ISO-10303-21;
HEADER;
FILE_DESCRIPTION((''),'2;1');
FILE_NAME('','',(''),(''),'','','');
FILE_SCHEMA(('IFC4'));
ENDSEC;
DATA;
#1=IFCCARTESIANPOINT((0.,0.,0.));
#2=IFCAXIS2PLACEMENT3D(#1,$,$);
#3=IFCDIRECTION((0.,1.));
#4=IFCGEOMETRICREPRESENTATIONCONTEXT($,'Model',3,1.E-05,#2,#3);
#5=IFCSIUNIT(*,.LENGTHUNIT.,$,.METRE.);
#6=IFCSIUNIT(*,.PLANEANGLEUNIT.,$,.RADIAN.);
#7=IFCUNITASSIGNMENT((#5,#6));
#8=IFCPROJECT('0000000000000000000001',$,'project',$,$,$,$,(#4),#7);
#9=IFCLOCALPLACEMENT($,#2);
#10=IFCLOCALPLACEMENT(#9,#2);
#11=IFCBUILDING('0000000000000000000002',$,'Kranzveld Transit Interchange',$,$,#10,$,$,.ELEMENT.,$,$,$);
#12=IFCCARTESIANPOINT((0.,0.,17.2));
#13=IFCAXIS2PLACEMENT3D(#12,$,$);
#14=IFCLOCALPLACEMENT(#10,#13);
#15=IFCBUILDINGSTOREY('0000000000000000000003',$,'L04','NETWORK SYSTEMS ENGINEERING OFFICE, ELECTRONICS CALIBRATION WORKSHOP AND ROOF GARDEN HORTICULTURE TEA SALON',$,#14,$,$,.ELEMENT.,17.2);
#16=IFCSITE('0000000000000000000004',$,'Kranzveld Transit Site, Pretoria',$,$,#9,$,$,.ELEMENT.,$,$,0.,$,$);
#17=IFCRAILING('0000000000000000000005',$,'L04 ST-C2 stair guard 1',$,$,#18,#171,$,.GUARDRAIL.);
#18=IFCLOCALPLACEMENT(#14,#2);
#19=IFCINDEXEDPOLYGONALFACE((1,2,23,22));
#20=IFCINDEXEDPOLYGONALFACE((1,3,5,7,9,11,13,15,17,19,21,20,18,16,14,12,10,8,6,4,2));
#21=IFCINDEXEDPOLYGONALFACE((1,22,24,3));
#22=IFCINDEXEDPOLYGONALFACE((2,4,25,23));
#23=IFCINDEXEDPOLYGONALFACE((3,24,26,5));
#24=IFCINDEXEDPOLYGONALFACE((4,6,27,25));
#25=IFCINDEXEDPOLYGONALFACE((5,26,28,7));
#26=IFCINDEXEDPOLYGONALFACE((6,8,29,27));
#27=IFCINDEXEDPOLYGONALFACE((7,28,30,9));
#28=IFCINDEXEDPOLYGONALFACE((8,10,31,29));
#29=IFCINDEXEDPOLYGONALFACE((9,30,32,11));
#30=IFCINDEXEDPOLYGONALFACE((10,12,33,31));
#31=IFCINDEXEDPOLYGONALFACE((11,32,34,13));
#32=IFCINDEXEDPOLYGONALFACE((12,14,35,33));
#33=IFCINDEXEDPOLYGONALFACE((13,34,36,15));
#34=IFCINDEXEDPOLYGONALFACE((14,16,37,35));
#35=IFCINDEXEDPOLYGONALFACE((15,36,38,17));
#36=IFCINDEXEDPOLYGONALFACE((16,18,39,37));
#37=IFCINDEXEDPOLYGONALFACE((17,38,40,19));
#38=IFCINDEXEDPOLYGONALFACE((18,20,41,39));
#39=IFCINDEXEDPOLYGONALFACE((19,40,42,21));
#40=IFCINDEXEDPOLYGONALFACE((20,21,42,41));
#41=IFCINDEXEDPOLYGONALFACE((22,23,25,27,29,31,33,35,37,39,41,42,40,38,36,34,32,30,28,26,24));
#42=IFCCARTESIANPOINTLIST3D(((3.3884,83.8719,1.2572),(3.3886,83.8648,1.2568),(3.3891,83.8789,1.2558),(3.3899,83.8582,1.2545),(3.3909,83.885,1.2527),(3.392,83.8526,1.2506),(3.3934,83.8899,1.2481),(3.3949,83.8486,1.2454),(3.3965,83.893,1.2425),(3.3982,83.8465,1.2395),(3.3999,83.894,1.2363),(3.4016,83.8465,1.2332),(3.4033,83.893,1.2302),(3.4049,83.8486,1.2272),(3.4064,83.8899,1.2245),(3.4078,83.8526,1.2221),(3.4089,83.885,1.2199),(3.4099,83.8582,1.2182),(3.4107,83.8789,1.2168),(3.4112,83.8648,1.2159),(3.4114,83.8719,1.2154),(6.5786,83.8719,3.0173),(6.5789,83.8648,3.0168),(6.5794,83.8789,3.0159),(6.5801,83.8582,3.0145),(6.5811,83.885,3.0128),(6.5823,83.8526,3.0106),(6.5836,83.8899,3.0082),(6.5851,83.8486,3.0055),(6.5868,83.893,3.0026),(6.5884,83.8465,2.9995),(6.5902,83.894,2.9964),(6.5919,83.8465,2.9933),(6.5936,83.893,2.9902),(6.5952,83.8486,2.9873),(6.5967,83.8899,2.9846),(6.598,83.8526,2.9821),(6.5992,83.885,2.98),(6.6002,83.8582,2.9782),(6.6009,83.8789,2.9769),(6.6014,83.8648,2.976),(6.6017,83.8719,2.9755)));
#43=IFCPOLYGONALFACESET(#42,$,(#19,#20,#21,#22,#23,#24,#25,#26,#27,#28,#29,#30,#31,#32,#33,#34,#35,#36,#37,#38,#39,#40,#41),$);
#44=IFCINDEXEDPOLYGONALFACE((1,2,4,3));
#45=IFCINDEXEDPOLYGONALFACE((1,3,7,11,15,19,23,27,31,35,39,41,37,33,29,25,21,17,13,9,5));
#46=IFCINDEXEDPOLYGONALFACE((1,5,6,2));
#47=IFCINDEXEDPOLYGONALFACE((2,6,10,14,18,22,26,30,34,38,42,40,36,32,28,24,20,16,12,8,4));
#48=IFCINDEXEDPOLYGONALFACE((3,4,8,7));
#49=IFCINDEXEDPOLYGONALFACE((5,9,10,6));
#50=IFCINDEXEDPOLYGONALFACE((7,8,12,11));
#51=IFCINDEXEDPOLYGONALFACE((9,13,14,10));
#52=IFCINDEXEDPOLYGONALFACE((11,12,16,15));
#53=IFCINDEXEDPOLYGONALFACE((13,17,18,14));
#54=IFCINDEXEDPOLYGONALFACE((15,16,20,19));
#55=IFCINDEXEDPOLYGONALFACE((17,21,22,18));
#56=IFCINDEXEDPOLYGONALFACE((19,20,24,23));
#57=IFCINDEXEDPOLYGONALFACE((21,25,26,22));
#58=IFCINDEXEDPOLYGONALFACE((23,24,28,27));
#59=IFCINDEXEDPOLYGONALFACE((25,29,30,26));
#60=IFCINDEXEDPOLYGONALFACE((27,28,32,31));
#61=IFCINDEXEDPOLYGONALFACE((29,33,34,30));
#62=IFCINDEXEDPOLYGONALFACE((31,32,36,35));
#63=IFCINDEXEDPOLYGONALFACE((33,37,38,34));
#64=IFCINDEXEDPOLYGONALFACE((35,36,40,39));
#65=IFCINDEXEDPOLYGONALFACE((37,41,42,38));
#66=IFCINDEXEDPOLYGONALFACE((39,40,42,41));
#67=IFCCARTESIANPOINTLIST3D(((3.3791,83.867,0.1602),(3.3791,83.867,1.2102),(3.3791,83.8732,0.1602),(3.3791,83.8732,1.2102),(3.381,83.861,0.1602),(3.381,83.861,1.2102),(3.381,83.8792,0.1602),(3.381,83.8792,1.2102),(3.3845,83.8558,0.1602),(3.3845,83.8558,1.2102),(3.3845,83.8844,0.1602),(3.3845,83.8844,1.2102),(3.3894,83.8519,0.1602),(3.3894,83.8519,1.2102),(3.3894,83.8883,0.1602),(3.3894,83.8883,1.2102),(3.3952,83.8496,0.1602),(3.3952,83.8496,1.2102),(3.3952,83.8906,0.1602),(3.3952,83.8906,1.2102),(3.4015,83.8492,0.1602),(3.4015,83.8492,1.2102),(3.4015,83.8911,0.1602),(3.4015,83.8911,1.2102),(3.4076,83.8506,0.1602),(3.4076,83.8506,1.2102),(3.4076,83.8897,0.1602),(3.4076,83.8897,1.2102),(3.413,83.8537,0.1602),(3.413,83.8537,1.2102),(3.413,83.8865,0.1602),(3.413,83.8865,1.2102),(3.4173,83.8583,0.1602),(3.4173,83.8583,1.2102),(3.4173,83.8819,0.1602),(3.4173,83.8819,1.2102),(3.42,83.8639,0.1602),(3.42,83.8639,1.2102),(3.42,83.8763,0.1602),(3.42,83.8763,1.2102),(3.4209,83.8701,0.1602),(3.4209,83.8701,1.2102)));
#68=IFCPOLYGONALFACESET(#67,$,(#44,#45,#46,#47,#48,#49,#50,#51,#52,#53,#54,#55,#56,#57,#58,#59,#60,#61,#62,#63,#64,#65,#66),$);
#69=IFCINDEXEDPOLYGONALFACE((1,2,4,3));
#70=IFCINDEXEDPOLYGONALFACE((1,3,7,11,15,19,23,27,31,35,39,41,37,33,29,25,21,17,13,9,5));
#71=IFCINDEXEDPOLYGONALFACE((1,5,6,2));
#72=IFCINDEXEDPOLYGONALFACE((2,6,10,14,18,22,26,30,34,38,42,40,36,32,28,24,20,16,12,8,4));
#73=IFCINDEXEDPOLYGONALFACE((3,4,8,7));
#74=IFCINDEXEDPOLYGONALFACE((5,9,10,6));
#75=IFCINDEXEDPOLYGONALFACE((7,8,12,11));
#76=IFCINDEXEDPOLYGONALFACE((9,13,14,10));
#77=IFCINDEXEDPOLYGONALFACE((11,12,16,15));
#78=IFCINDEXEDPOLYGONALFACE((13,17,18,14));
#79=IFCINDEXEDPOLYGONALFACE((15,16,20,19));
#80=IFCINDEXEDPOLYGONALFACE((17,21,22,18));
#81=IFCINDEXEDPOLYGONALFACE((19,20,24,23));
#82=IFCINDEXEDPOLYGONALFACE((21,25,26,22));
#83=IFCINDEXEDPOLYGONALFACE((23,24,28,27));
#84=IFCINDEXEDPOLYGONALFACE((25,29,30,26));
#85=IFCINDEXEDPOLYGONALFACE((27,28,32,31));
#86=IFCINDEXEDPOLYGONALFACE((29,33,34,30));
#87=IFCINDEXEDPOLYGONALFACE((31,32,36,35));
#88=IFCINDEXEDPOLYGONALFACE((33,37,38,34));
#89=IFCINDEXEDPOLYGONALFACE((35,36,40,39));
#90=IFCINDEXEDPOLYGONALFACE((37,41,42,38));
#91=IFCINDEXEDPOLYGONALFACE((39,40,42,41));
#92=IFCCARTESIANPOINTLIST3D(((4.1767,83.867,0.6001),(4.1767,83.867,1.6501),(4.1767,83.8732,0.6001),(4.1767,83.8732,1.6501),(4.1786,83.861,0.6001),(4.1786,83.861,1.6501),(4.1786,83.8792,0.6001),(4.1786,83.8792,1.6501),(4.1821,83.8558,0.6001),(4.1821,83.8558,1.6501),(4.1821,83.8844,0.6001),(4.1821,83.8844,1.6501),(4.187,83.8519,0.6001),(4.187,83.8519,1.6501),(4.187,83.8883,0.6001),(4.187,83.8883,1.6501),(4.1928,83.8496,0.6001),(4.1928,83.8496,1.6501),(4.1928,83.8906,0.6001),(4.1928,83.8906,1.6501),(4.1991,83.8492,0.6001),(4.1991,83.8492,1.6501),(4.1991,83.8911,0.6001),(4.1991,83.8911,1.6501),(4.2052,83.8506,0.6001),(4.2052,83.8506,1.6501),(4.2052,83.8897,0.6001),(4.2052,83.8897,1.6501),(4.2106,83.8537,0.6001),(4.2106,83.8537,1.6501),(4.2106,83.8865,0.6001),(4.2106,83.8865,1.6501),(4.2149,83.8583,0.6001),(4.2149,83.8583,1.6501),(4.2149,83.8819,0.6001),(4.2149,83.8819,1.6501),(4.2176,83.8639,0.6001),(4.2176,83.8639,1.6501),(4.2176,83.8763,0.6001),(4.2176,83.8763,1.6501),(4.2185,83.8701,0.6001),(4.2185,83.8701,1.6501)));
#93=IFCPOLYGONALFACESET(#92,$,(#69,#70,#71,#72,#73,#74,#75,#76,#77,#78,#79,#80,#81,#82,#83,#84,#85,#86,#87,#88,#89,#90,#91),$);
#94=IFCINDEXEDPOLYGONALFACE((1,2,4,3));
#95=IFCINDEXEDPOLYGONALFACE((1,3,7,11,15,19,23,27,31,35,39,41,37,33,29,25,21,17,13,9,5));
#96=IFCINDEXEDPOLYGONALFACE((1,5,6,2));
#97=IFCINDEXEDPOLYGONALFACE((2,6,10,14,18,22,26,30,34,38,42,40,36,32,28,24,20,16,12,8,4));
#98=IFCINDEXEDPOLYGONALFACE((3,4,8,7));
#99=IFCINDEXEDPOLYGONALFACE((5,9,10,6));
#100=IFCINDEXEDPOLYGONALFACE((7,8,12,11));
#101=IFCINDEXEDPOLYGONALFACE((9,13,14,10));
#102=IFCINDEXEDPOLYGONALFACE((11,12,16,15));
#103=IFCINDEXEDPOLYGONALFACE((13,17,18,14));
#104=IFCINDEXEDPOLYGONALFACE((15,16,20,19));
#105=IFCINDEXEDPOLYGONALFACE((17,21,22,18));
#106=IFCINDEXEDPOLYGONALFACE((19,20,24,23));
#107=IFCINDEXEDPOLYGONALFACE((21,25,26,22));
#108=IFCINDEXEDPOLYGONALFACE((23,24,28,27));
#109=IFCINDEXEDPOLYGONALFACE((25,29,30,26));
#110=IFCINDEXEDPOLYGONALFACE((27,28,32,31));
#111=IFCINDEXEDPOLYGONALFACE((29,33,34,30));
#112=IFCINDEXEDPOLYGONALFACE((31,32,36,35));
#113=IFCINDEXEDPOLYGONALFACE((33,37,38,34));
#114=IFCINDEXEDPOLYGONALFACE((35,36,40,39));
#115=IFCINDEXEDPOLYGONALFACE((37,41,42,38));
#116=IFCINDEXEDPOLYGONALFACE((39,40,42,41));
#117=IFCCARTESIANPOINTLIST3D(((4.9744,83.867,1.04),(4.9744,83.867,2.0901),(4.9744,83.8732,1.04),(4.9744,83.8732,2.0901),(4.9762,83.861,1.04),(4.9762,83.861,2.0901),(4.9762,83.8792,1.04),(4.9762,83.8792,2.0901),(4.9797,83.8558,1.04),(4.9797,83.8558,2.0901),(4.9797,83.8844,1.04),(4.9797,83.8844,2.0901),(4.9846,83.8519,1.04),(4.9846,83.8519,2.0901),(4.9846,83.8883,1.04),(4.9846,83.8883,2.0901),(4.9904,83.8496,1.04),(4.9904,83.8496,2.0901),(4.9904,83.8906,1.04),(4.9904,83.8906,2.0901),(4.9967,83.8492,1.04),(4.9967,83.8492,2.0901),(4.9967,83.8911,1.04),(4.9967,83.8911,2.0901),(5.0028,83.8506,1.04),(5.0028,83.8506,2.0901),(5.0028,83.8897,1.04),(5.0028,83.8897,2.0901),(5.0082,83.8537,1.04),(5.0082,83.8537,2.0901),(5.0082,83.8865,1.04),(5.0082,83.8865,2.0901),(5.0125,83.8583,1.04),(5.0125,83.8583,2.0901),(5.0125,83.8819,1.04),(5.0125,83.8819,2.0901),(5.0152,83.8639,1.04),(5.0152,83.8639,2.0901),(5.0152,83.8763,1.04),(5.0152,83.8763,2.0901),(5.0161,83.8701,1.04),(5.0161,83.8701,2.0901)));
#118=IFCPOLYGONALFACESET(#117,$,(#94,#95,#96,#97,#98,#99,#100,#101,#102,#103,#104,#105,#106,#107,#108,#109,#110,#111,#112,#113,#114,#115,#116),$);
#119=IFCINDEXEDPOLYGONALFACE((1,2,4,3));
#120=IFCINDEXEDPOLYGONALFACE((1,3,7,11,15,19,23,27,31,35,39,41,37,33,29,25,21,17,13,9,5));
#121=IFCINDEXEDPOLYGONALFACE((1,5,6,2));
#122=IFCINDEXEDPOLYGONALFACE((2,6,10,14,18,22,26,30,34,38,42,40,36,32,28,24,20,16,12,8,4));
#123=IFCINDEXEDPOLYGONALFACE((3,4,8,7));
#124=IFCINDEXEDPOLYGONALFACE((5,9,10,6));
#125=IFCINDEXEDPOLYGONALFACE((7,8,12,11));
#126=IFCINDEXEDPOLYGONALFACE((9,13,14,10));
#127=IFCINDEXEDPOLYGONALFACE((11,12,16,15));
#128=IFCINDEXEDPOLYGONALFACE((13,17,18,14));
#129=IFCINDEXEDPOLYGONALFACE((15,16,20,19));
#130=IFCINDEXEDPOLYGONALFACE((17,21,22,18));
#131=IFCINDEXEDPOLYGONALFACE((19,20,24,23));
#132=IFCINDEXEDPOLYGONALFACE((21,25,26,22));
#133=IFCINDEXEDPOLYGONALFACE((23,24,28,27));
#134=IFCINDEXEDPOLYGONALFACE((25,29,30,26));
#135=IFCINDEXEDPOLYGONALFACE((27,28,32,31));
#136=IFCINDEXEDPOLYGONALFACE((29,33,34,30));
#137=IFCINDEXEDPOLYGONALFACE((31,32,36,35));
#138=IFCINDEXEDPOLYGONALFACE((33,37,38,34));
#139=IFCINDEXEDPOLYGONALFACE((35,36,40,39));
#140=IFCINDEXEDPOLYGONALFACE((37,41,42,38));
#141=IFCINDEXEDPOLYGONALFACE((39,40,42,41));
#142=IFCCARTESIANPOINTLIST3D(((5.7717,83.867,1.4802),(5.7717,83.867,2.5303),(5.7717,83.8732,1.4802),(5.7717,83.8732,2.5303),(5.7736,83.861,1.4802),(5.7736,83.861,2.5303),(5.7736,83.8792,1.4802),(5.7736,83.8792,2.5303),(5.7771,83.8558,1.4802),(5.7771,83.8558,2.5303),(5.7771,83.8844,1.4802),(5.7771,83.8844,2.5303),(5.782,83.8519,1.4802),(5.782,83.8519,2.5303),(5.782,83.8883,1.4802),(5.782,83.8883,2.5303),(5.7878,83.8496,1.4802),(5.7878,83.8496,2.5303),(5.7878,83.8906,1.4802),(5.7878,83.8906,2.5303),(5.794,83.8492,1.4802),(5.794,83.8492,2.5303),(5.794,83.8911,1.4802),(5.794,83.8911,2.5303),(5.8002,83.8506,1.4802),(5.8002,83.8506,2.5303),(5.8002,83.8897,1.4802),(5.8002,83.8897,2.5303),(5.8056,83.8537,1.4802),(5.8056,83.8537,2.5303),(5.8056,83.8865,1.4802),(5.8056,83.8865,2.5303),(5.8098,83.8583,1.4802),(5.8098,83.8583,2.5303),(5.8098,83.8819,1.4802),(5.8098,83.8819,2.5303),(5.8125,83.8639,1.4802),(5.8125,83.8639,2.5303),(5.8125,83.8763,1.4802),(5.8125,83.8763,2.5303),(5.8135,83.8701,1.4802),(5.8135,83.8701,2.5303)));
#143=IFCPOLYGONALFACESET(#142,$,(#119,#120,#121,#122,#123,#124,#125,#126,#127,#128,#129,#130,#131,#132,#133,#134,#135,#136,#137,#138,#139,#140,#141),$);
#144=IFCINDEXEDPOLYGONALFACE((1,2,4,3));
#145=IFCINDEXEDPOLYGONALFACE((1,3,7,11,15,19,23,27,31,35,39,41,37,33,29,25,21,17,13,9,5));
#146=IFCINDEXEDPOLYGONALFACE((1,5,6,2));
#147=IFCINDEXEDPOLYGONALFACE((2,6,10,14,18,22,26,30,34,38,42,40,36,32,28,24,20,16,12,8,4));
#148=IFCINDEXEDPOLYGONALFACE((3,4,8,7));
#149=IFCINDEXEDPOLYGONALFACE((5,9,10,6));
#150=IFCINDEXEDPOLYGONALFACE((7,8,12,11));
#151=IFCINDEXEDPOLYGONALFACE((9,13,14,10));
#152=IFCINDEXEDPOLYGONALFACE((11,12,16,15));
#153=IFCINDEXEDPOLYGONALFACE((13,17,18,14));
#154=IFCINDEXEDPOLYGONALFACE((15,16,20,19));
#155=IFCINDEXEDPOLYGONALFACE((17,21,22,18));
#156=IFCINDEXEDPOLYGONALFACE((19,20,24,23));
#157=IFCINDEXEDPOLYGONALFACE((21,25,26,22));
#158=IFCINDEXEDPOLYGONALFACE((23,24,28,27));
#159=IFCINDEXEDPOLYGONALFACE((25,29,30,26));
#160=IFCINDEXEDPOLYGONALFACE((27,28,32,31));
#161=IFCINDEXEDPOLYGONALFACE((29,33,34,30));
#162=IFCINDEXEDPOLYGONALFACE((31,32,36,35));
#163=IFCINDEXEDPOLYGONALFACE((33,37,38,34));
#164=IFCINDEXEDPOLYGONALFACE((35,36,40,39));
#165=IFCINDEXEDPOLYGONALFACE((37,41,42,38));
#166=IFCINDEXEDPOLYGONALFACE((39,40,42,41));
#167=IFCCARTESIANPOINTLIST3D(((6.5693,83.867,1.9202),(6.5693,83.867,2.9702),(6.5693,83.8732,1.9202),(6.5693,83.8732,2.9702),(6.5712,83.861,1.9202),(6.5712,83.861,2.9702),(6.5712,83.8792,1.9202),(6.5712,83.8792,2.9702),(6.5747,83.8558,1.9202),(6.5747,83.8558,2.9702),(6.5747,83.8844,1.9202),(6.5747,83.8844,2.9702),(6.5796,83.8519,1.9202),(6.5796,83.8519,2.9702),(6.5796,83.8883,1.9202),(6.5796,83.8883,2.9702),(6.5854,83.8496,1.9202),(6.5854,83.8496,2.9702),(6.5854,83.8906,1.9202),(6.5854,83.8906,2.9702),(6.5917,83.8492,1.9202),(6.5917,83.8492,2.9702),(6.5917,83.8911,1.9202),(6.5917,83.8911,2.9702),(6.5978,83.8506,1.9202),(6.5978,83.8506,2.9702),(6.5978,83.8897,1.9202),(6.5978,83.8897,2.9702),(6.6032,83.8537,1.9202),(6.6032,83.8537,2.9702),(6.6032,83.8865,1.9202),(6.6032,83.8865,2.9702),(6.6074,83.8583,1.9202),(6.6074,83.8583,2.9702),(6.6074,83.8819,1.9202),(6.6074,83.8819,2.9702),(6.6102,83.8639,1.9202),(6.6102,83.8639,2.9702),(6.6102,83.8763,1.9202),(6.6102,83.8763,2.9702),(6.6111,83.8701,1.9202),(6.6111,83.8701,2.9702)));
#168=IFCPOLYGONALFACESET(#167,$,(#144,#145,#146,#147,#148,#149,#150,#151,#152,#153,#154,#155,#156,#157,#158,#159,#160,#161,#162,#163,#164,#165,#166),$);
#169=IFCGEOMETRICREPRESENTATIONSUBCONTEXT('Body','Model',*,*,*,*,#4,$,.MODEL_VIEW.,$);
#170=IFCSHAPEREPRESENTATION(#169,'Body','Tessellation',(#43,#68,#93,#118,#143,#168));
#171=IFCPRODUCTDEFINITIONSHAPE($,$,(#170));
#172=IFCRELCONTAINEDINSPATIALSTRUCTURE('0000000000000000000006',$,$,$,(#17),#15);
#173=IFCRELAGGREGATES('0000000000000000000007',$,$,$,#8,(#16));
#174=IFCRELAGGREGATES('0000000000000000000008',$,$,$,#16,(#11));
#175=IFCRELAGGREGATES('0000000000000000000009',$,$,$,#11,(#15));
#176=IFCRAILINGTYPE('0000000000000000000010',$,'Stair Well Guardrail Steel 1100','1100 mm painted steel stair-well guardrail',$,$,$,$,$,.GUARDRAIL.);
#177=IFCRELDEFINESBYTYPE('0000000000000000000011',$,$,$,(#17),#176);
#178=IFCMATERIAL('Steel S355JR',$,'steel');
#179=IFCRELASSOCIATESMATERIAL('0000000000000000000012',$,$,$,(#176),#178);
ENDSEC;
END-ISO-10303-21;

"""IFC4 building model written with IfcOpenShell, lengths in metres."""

from ifc_helpers import new_model, si_unit, direction, frame, origin, origin_2d, place, context, subcontext, project, spatial, circle, extrude, material, type_object, element, save


model = new_model("IFC4")

# Units and contexts
model_context = context("Model", 3, precision=1e-05, world=origin(), true_north=direction((0.0, 1.0)))
body_context = subcontext(model_context, "Body", "Model", "MODEL_VIEW")
ifc_project = project(units=[si_unit("LENGTHUNIT", "METRE"), si_unit("PLANEANGLEUNIT", "RADIAN")], contexts=[model_context])

# Site, building, storey
site_placement = place(None, origin())
site = spatial("IfcSite", under=ifc_project, at=site_placement, Name="Kranzveld Transit Site, Pretoria", CompositionType="ELEMENT", RefElevation=0.0)
building_placement = place(site_placement, origin())
building = spatial("IfcBuilding", under=site, at=building_placement, Name="Kranzveld Transit Interchange", CompositionType="ELEMENT")
storey_placement = place(building_placement, frame((0.0, 0.0, 17.2)))
storey = spatial("IfcBuildingStorey", under=building, at=storey_placement, Name="L04", Description="NETWORK SYSTEMS ENGINEERING OFFICE, ELECTRONICS CALIBRATION WORKSHOP AND ROOF GARDEN HORTICULTURE TEA SALON", CompositionType="ELEMENT", Elevation=17.2)

# Railing
ifc_material_1 = material(Name="Steel S355JR", Category="steel")
railing_type_1 = type_object("IfcRailingType", Name="Stair Well Guardrail Steel 1100", Description="1100 mm painted steel stair-well guardrail", PredefinedType="GUARDRAIL", material=ifc_material_1)
railing_1_placement = place(storey_placement, frame((3.3999, 83.8701, 0.1602)))
element("IfcRailing", 1, at=railing_1_placement, inside=storey, type_object=railing_type_1, Name="L04 ST-C2 stair guard 1", PredefinedType="GUARDRAIL", context=body_context, shape_type="SweptSolid", body=[
    extrude(circle(Radius=0.0239, at=origin_2d()), frame((0.0, 0.0, 1.0762), z_axis=(0.875588, 0.0, 0.483058), x_axis=(0.0, 1.0, 0.0)), (0.0, 0.0, 1.0), 3.6436),
    extrude(circle(Radius=0.021, at=origin_2d()), origin(), (0.0, 0.0, 1.0), 1.05),
    extrude(circle(Radius=0.021, at=origin_2d()), frame((0.7976, 0.0, 0.4399)), (0.0, 0.0, 1.0), 1.05),
    extrude(circle(Radius=0.021, at=origin_2d()), frame((1.5952, 0.0, 0.8799)), (0.0, 0.0, 1.0), 1.05),
    extrude(circle(Radius=0.021, at=origin_2d()), frame((2.3926, 0.0, 1.3201)), (0.0, 0.0, 1.0), 1.05),
    extrude(circle(Radius=0.021, at=origin_2d()), frame((3.1902, 0.0, 1.76)), (0.0, 0.0, 1.0), 1.05),
])

save(model, "model.ifc")
